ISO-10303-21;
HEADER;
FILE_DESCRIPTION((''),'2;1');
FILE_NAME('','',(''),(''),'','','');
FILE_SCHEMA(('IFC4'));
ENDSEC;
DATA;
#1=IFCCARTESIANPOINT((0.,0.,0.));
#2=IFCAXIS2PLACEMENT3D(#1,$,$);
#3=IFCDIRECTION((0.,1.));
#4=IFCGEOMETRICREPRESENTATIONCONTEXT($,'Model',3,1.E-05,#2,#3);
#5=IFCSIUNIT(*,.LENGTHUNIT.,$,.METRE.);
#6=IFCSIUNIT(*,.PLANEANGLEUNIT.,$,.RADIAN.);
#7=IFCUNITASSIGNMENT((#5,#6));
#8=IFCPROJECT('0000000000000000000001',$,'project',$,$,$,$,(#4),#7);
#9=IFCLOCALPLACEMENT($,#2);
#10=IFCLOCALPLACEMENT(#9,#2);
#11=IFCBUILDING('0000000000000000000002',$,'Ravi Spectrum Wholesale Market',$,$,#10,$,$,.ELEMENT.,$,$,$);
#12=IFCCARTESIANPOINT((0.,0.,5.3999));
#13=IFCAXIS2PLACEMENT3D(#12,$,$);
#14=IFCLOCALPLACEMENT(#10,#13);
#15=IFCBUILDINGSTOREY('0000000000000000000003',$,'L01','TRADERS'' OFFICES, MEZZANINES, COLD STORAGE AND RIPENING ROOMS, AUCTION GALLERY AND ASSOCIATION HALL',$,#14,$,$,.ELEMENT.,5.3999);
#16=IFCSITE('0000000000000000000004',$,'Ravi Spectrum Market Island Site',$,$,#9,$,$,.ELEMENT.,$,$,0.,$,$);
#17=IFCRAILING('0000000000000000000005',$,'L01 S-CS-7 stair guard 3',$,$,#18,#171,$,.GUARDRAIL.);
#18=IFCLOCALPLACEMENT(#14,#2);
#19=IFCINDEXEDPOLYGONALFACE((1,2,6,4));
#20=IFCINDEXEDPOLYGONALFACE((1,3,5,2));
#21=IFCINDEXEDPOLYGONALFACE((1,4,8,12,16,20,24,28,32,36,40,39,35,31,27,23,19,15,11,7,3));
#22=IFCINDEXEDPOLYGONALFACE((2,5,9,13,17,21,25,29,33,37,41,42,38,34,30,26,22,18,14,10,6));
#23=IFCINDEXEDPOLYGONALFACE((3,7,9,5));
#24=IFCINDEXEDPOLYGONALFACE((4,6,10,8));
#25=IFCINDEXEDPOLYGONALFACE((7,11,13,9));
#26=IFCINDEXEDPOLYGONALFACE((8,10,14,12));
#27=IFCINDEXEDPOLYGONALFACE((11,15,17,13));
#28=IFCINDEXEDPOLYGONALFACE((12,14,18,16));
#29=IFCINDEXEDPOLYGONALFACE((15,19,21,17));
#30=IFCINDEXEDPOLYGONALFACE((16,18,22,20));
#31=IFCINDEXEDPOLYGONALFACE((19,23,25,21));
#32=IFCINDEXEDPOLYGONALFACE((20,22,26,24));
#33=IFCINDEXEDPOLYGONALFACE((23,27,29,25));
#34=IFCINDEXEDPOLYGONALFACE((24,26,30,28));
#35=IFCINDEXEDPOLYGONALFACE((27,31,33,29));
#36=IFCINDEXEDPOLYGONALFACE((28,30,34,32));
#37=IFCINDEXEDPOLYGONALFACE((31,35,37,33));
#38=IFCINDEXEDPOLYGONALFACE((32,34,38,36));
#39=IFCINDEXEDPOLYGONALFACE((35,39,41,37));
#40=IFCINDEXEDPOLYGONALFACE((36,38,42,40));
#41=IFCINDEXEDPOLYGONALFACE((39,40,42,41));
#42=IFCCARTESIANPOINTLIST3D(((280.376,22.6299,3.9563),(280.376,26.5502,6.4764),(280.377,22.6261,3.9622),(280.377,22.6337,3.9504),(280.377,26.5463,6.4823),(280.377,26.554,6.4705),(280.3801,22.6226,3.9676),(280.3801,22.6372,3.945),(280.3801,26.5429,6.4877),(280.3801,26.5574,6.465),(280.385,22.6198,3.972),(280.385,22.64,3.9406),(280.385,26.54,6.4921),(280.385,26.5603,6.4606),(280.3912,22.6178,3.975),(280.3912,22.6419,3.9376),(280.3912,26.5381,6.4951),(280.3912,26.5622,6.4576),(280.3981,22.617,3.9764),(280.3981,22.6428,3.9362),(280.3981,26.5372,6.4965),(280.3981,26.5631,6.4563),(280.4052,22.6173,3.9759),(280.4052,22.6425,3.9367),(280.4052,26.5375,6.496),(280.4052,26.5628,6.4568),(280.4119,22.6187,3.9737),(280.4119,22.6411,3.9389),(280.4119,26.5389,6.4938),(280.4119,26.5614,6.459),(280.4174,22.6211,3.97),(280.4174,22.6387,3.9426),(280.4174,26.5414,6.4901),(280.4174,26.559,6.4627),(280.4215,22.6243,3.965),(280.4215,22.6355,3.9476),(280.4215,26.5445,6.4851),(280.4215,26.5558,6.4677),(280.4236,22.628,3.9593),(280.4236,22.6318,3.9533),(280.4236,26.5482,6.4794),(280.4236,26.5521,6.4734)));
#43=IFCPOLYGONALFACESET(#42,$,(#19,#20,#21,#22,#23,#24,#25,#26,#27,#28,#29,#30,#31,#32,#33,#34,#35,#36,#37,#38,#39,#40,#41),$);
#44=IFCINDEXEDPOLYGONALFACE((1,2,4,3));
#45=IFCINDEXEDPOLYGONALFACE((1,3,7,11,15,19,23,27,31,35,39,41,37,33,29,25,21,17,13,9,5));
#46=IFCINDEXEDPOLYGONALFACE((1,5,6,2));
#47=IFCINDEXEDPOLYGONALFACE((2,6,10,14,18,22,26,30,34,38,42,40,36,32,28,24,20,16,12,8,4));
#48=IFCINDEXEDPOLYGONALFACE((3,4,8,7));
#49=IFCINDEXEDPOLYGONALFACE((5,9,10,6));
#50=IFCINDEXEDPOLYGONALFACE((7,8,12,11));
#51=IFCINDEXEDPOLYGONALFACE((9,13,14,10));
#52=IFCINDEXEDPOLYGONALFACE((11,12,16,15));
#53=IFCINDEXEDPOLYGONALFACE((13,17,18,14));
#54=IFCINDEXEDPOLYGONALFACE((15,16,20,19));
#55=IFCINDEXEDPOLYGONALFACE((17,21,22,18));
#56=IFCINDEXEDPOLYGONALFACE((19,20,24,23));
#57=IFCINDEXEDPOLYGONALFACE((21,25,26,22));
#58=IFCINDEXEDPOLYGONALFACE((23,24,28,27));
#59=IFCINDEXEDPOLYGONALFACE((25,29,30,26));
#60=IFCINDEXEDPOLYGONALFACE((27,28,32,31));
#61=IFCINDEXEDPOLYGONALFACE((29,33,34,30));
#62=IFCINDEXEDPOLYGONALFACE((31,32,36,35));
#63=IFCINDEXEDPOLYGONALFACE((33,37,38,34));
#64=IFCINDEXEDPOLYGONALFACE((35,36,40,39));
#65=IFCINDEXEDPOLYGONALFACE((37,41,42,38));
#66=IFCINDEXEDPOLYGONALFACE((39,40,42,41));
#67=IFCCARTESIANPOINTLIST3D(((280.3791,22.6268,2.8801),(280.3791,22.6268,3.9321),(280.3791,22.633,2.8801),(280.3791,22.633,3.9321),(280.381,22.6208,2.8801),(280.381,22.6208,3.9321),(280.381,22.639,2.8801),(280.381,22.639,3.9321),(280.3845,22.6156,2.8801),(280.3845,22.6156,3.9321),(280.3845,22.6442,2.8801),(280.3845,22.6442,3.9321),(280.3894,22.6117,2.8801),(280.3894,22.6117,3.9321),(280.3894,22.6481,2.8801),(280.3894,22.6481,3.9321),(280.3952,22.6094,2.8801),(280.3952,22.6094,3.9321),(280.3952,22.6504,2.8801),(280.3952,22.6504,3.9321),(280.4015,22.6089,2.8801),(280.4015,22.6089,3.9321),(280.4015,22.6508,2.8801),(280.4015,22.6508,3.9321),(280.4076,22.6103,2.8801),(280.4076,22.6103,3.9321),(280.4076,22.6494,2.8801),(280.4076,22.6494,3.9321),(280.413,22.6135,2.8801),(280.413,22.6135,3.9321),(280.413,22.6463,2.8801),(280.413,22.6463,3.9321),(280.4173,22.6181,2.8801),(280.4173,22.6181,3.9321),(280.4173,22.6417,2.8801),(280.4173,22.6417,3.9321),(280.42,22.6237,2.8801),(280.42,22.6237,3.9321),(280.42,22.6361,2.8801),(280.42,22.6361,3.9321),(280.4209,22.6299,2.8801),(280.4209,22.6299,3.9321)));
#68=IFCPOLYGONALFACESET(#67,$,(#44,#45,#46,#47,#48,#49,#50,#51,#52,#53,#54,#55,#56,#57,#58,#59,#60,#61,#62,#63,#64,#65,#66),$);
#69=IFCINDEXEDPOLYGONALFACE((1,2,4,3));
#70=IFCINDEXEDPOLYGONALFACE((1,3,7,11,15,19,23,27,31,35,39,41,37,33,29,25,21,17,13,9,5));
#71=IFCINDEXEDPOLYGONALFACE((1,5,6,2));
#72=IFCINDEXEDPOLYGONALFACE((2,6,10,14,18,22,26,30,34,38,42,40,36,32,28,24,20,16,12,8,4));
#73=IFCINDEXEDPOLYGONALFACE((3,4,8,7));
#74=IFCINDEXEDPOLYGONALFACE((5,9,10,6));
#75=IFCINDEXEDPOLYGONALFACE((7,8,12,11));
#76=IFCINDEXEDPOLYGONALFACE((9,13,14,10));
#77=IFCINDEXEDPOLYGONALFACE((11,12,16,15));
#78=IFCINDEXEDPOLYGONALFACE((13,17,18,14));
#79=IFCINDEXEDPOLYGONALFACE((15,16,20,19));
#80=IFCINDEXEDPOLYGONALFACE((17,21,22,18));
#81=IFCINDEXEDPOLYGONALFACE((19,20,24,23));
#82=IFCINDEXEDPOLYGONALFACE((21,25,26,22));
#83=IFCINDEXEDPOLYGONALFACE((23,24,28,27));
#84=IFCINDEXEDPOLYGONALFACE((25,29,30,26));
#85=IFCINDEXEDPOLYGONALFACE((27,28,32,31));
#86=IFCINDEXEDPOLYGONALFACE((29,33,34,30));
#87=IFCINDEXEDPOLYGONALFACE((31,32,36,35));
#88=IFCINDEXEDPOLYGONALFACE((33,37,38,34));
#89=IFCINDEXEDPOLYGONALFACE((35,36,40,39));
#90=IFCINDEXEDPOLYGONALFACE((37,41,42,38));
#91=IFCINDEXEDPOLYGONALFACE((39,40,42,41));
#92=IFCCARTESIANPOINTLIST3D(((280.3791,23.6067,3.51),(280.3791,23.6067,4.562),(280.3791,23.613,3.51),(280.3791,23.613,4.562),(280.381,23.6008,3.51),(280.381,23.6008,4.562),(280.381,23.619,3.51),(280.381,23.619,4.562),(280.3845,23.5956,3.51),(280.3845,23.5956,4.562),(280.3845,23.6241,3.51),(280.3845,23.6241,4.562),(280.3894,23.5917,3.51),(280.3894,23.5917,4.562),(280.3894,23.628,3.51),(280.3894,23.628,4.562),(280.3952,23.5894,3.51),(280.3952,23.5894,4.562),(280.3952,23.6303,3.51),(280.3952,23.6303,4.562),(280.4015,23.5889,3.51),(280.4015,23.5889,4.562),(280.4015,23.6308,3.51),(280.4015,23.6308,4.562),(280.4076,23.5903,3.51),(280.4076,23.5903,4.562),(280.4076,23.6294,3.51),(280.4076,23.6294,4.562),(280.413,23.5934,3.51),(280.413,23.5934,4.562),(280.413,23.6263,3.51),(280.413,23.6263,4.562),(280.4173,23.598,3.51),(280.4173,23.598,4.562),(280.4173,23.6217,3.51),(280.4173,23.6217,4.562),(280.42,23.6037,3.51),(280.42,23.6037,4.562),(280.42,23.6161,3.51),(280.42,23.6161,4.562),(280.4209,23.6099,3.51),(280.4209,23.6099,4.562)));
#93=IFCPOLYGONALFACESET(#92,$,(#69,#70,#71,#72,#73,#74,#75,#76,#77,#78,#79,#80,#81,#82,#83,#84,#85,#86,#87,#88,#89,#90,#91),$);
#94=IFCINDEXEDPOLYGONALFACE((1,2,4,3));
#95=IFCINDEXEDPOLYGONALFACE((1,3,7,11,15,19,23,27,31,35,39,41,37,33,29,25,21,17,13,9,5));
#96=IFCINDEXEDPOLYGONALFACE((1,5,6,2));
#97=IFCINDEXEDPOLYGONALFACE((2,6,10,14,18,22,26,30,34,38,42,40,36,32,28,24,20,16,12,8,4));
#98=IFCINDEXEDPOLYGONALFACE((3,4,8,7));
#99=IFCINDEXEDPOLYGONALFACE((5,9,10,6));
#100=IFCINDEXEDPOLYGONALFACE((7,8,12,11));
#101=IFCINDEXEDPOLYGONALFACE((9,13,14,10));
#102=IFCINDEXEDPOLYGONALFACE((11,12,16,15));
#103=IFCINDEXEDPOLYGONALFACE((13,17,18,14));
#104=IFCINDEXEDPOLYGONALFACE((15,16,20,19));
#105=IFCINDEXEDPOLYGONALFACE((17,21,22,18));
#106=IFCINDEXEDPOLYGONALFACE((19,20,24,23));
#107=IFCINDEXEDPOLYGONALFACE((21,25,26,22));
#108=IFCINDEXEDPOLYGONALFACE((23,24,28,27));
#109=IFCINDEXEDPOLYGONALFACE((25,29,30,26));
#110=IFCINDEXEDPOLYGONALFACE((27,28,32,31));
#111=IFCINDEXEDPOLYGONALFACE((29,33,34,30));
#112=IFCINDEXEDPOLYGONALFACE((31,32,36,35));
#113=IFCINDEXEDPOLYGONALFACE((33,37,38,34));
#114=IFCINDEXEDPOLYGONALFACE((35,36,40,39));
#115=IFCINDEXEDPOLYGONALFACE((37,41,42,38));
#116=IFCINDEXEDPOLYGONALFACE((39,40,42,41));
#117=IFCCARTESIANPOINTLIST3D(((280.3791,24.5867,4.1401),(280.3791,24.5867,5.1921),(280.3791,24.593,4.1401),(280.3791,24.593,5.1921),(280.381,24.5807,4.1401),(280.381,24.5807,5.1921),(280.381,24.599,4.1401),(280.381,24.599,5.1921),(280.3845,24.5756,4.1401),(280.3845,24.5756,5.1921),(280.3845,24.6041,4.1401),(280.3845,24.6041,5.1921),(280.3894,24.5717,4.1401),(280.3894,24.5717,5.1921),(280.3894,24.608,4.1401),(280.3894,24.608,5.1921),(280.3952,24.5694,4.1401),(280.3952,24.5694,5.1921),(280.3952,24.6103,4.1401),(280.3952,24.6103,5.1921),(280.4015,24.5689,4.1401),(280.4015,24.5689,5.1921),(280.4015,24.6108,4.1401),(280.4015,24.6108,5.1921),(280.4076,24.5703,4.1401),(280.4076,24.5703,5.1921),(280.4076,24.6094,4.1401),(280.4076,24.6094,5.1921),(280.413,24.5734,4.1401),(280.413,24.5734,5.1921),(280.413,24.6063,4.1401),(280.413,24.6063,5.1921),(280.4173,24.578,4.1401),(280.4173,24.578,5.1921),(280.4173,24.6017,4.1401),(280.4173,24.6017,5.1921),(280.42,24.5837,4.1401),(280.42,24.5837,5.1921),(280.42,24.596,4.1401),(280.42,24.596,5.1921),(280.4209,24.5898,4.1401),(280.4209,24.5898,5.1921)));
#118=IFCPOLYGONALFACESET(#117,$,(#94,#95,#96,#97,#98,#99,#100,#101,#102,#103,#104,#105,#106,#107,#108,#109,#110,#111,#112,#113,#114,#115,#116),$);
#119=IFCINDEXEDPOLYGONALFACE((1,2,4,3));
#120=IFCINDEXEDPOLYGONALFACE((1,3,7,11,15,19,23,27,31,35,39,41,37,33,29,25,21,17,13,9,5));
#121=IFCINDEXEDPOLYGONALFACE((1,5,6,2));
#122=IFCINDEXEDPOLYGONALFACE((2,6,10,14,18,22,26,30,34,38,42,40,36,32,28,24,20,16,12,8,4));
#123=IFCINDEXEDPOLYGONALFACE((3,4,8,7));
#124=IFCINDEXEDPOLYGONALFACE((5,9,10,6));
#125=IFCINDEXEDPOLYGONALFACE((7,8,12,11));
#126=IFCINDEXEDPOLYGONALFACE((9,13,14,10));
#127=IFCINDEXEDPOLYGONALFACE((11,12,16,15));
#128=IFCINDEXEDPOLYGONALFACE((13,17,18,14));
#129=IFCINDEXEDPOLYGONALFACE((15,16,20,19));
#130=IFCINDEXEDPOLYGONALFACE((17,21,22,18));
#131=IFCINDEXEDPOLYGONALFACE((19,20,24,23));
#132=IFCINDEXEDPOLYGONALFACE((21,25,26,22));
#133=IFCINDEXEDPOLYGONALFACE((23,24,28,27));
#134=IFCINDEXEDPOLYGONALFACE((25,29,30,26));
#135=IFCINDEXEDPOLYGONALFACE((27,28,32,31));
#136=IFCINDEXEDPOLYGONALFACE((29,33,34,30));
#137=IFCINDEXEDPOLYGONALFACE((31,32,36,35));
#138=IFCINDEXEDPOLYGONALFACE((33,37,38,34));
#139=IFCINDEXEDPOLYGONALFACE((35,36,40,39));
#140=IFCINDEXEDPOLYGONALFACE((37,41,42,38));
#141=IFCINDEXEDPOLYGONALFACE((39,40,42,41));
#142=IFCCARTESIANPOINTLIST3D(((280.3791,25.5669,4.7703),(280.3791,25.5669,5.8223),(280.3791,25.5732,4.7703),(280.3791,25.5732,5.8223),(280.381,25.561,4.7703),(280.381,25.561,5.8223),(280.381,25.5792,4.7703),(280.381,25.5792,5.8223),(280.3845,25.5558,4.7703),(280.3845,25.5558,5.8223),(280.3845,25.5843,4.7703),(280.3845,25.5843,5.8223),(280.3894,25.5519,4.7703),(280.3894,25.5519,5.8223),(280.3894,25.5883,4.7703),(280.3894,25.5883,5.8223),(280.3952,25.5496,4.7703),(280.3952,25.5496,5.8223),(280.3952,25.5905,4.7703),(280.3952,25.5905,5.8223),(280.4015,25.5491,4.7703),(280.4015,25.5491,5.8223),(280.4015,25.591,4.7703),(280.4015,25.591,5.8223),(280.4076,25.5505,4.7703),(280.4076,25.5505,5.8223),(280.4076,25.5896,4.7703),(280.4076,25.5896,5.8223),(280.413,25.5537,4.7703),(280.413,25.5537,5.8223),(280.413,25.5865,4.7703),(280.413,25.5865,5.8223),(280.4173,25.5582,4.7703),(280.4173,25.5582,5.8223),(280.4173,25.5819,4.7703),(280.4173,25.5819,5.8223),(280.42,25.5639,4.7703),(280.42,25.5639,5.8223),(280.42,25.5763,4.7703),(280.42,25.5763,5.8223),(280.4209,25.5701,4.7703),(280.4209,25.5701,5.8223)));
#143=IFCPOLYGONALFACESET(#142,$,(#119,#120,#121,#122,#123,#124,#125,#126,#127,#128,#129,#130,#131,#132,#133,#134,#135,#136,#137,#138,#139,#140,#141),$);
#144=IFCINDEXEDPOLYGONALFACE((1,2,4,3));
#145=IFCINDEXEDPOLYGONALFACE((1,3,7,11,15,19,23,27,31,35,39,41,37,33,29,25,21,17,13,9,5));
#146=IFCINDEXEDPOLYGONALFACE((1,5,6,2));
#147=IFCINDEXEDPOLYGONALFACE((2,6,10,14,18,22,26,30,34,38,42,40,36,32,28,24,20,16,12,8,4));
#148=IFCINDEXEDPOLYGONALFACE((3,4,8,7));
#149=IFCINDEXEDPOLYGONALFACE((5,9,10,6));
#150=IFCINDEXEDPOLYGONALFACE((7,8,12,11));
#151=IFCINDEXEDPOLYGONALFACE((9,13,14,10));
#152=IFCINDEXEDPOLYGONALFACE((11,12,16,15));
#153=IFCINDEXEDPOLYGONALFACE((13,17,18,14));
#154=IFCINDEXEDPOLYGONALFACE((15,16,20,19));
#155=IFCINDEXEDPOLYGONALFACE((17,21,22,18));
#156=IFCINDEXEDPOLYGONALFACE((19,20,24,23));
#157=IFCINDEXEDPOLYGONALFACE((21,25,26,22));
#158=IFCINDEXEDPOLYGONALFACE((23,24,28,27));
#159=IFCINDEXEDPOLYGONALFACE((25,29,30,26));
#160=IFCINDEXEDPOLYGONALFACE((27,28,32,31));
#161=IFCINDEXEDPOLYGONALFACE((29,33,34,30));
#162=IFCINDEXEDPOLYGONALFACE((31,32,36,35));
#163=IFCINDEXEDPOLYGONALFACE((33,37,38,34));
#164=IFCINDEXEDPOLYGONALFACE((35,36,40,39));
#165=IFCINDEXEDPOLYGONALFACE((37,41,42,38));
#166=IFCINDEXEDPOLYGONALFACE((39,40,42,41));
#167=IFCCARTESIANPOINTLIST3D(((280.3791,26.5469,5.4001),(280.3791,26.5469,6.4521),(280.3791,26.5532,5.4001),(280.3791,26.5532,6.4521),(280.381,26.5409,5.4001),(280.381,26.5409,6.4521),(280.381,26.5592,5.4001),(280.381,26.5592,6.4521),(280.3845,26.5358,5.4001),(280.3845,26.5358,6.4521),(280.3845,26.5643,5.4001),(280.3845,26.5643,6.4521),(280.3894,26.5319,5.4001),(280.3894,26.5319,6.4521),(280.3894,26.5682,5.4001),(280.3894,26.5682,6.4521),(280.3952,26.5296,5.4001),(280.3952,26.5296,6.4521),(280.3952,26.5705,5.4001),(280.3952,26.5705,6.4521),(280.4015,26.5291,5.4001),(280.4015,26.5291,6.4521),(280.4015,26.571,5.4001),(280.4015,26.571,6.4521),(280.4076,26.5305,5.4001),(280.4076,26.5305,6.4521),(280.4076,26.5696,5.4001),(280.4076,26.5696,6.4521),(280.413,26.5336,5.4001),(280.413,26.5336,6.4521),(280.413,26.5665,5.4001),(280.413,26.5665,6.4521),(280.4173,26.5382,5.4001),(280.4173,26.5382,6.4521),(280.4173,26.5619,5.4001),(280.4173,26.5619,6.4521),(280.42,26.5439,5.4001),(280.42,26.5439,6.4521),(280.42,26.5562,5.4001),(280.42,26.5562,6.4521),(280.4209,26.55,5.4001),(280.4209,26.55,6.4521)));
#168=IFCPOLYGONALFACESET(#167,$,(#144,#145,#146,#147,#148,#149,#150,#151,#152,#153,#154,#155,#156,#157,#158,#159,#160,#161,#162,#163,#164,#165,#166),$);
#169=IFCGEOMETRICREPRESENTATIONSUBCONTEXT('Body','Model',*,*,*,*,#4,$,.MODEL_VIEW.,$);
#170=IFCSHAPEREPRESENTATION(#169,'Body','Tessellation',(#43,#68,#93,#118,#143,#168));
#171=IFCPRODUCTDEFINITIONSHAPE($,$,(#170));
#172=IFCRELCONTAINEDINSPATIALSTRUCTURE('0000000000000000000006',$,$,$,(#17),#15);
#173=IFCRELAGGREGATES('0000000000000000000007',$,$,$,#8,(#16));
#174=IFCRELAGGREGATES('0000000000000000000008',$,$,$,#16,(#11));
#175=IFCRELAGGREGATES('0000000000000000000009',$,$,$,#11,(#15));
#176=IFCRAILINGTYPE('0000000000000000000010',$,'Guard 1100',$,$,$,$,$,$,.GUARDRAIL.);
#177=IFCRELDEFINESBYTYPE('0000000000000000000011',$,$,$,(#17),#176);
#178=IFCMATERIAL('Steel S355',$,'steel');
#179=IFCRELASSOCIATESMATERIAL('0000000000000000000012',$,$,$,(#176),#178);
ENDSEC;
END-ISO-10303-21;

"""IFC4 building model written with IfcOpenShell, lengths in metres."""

from ifc_helpers import new_model, si_unit, direction, frame, origin, origin_2d, place, context, subcontext, project, spatial, circle, extrude, material, type_object, element, save


model = new_model("IFC4")

# Units and contexts
model_context = context("Model", 3, precision=1e-05, world=origin(), true_north=direction((0.0, 1.0)))
body_context = subcontext(model_context, "Body", "Model", "MODEL_VIEW")
ifc_project = project(units=[si_unit("LENGTHUNIT", "METRE"), si_unit("PLANEANGLEUNIT", "RADIAN")], contexts=[model_context])

# Site, building, storey
site_placement = place(None, origin())
site = spatial("IfcSite", under=ifc_project, at=site_placement, Name="Ravi Spectrum Market Island Site", CompositionType="ELEMENT", RefElevation=0.0)
building_placement = place(site_placement, origin())
building = spatial("IfcBuilding", under=site, at=building_placement, Name="Ravi Spectrum Wholesale Market", CompositionType="ELEMENT")
storey_placement = place(building_placement, frame((0.0, 0.0, 5.3999)))
storey = spatial("IfcBuildingStorey", under=building, at=storey_placement, Name="L01", Description="TRADERS' OFFICES, MEZZANINES, COLD STORAGE AND RIPENING ROOMS, AUCTION GALLERY AND ASSOCIATION HALL", CompositionType="ELEMENT", Elevation=5.3999)

# Railing
ifc_material_1 = material(Name="Steel S355", Category="steel")
railing_type_1 = type_object("IfcRailingType", Name="Guard 1100", PredefinedType="GUARDRAIL", material=ifc_material_1)
railing_1_placement = place(storey_placement, frame((280.3999, 22.6299, 2.8801)))
element("IfcRailing", 1, at=railing_1_placement, inside=storey, type_object=railing_type_1, Name="L01 S-CS-7 stair guard 3", PredefinedType="GUARDRAIL", context=body_context, shape_type="SweptSolid", body=[
    extrude(circle(Radius=0.0239, at=origin_2d()), frame((0.0, 0.0, 1.0762), z_axis=(0.0, 0.841187, 0.540744), x_axis=(-1.0, 0.0, 0.0)), (0.0, 0.0, 1.0), 4.6604),
    extrude(circle(Radius=0.021, at=origin_2d()), origin(), (0.0, 0.0, 1.0), 1.052),
    extrude(circle(Radius=0.021, at=origin_2d()), frame((0.0, 0.98, 0.6299)), (0.0, 0.0, 1.0), 1.052),
    extrude(circle(Radius=0.021, at=origin_2d()), frame((0.0, 1.96, 1.26)), (0.0, 0.0, 1.0), 1.052),
    extrude(circle(Radius=0.021, at=origin_2d()), frame((0.0, 2.9402, 1.8901)), (0.0, 0.0, 1.0), 1.052),
    extrude(circle(Radius=0.021, at=origin_2d()), frame((0.0, 3.9202, 2.52)), (0.0, 0.0, 1.0), 1.052),
])

save(model, "model.ifc")
